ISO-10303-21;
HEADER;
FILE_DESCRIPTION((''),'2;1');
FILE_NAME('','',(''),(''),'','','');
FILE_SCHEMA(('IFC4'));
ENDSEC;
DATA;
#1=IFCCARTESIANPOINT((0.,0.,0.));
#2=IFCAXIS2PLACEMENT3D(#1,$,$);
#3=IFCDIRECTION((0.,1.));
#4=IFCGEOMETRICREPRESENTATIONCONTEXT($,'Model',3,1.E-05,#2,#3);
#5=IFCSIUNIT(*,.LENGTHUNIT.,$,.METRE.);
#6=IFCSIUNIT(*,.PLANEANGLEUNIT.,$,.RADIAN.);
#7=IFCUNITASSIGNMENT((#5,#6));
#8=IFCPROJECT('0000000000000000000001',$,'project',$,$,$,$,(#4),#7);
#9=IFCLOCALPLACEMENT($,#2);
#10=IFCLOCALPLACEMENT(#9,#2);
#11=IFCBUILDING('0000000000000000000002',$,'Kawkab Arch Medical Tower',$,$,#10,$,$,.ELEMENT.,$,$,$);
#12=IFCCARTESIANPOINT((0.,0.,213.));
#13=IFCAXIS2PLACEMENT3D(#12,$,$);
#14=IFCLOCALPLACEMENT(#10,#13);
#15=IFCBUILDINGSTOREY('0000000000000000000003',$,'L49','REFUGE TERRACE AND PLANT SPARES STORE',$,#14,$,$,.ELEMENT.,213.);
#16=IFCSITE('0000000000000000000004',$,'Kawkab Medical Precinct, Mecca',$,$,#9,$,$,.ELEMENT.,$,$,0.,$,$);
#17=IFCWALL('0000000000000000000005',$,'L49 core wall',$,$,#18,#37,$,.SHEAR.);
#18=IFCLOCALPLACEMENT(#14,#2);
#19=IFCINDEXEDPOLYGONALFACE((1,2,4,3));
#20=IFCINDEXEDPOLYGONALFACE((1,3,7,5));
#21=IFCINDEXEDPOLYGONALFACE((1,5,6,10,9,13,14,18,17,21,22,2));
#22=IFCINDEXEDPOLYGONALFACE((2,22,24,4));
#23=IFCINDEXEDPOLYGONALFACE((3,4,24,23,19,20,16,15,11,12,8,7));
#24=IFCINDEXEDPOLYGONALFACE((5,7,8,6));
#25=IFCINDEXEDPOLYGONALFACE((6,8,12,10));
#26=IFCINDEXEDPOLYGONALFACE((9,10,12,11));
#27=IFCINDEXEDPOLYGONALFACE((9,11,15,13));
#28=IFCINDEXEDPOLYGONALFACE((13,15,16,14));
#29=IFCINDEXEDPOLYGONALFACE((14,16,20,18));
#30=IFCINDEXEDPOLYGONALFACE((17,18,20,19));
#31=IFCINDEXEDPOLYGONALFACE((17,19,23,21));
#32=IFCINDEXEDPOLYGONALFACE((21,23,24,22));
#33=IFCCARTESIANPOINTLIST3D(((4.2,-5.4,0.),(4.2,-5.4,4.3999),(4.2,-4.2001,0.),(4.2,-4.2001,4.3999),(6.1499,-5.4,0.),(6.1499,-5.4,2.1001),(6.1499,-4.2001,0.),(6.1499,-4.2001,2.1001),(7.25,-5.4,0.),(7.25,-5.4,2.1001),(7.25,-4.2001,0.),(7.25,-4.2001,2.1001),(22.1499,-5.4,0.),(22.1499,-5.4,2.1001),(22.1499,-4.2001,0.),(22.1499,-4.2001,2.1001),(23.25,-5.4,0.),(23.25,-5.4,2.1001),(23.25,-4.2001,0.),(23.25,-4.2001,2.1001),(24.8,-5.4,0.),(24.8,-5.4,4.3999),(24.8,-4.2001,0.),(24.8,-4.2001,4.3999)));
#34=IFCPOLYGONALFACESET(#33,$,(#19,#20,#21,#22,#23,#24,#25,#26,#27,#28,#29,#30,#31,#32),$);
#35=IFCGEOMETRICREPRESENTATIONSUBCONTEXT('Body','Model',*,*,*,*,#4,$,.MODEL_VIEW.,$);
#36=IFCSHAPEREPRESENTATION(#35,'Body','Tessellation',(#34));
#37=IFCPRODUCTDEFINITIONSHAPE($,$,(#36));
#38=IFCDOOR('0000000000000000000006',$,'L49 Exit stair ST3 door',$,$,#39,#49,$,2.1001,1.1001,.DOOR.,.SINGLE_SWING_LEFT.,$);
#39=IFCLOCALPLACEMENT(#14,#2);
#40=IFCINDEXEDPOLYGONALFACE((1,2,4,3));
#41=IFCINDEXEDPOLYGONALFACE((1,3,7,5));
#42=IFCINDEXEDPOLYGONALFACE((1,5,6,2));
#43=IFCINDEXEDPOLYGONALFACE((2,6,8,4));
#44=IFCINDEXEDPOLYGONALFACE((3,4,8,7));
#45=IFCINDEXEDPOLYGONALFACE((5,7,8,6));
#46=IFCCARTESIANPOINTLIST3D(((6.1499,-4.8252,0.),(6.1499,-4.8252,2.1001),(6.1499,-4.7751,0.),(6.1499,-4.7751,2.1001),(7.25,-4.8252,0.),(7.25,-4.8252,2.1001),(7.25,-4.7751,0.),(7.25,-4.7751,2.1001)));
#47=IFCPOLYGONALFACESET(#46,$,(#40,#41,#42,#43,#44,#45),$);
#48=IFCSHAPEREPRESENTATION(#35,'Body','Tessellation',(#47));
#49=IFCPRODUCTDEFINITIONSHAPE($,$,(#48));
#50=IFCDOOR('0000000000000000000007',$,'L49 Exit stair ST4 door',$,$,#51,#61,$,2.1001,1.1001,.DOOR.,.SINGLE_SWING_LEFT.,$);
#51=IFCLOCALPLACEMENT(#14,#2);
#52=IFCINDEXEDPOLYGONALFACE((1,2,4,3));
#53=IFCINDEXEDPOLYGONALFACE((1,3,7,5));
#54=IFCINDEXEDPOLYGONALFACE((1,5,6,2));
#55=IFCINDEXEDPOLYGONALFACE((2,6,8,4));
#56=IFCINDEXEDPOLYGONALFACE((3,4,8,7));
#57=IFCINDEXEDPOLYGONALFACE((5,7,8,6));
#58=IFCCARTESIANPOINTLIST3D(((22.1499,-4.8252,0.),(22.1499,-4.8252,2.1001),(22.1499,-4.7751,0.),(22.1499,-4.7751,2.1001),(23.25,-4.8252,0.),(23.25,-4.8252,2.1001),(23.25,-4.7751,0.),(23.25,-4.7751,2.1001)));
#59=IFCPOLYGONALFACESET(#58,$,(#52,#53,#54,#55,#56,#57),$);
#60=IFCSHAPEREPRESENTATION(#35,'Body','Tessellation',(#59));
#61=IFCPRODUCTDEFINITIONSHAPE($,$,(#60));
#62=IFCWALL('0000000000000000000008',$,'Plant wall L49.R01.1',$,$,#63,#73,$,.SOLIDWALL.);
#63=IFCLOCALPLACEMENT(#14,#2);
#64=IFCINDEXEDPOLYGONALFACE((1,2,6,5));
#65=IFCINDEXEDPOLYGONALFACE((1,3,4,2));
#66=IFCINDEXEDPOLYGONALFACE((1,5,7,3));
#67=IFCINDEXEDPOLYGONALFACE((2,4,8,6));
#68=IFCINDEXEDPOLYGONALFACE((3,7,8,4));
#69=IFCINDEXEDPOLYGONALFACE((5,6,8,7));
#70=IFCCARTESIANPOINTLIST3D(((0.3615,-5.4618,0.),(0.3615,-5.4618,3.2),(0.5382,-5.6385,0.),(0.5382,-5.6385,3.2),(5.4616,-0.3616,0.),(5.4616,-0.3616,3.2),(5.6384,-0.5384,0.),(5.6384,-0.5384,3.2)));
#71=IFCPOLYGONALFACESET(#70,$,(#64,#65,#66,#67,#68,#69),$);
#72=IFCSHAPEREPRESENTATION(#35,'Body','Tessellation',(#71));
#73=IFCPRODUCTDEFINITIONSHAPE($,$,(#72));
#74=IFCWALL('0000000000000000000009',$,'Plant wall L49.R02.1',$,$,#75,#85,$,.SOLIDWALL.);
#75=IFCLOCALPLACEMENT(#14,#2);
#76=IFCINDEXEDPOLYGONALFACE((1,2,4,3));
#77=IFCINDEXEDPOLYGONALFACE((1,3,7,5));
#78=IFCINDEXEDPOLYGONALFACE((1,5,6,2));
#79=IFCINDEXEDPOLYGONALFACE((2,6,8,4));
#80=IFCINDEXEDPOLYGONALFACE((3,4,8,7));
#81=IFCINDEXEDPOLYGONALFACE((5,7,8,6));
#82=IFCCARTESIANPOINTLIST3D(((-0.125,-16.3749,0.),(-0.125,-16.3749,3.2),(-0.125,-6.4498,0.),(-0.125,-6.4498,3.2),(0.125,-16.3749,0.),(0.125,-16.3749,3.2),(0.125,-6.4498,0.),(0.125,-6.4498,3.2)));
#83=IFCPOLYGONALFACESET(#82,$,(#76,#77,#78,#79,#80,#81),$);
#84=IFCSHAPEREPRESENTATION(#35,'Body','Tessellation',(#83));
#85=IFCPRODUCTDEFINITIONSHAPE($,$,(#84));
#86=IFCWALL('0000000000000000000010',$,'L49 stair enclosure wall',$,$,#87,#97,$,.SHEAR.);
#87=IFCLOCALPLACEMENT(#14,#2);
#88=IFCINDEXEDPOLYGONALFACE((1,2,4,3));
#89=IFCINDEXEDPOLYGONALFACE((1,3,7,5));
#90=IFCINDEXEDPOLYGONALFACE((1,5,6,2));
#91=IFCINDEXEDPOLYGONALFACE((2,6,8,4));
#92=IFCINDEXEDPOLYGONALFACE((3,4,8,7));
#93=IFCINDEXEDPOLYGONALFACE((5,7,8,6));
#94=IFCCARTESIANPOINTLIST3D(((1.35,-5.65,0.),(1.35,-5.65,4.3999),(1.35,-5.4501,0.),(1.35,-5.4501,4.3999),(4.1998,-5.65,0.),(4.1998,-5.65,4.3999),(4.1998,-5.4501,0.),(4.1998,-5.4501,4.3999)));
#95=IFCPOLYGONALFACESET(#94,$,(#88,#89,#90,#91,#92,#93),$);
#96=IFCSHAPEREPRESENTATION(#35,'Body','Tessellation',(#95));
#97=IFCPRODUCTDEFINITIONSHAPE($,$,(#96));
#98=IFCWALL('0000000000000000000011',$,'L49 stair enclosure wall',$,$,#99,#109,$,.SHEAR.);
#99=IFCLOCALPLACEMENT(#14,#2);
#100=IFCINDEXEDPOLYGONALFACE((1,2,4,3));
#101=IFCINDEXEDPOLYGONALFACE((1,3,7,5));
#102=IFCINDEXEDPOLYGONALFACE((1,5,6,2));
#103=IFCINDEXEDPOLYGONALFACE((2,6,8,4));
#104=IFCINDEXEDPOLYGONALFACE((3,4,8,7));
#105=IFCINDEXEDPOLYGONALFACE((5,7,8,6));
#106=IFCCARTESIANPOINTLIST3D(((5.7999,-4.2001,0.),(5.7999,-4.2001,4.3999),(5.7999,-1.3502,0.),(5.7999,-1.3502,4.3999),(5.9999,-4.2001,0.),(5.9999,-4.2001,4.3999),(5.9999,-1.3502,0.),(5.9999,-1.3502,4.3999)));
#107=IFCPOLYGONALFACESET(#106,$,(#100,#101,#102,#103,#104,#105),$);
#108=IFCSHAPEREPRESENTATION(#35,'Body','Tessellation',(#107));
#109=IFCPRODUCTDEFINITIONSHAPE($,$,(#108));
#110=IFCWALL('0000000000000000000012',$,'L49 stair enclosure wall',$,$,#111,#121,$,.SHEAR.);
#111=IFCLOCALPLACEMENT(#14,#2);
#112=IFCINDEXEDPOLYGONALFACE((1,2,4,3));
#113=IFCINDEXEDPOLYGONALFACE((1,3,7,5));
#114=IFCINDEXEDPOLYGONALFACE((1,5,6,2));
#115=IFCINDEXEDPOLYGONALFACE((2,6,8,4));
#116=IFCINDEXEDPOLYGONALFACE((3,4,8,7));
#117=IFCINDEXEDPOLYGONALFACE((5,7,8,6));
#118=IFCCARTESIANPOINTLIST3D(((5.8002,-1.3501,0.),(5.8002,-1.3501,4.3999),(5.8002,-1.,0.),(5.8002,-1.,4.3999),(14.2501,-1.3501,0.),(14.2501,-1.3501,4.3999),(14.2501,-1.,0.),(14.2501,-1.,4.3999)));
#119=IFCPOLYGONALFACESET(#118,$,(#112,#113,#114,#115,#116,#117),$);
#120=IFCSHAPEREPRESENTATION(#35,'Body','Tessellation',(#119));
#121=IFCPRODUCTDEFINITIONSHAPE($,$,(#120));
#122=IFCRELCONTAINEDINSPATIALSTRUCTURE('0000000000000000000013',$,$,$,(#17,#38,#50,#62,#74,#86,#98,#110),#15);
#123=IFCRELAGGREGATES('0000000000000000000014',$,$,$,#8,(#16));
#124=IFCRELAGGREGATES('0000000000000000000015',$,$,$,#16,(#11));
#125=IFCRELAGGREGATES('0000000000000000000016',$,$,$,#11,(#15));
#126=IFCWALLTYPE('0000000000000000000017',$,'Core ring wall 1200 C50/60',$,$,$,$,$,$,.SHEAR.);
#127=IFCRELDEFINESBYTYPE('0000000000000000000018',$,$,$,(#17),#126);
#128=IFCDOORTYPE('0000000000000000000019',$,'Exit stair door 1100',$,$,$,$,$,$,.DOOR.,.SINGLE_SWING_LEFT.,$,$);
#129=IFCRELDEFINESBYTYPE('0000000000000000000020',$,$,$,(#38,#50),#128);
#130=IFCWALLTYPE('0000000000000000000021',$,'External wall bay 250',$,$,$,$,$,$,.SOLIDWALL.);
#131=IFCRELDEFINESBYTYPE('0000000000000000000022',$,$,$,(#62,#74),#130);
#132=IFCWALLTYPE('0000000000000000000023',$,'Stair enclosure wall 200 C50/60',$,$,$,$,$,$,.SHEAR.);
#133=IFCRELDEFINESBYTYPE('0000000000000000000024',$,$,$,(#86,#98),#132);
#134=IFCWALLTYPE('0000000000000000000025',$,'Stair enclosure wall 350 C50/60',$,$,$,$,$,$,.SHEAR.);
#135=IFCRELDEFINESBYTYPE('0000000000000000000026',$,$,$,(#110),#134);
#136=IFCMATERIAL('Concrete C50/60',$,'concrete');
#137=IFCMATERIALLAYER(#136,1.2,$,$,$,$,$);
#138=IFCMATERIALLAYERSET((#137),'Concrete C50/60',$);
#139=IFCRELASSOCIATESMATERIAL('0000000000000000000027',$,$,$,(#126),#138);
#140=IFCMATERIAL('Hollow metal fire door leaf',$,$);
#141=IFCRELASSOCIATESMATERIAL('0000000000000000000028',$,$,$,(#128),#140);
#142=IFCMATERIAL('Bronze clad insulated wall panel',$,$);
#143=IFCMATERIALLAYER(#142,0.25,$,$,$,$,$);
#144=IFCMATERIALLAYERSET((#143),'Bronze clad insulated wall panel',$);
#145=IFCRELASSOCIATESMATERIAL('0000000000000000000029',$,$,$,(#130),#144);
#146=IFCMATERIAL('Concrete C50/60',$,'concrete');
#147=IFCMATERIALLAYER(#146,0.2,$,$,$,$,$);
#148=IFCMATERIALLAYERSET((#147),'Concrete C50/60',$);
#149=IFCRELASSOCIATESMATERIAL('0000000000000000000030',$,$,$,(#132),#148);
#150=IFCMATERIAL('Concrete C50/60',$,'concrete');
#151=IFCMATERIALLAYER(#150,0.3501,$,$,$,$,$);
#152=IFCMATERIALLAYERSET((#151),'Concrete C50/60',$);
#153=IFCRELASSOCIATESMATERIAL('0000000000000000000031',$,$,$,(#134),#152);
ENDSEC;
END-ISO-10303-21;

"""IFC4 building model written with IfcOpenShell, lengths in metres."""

from ifc_helpers import new_model, si_unit, direction, frame, frame_2d, origin, place, context, subcontext, project, spatial, rectangle, extrude, material, layer, layer_set, type_object, element, fill, save


model = new_model("IFC4")

# Units and contexts
model_context = context("Model", 3, precision=1e-05, world=origin(), true_north=direction((0.0, 1.0)))
body_context = subcontext(model_context, "Body", "Model", "MODEL_VIEW")
ifc_project = project(units=[si_unit("LENGTHUNIT", "METRE"), si_unit("PLANEANGLEUNIT", "RADIAN")], contexts=[model_context])

# Site, building, storey
site_placement = place(None, origin())
site = spatial("IfcSite", under=ifc_project, at=site_placement, Name="Kawkab Medical Precinct, Mecca", CompositionType="ELEMENT", RefElevation=0.0)
building_placement = place(site_placement, origin())
building = spatial("IfcBuilding", under=site, at=building_placement, Name="Kawkab Arch Medical Tower", CompositionType="ELEMENT")
storey_placement = place(building_placement, frame((0.0, 0.0, 213.0)))
storey = spatial("IfcBuildingStorey", under=building, at=storey_placement, Name="L49", Description="REFUGE TERRACE AND PLANT SPARES STORE", CompositionType="ELEMENT", Elevation=213.0)

# Wall, openings, doors
ifc_material_1 = material(Name="Concrete C50/60", Category="concrete")
ifc_layer_1 = layer(ifc_material_1, 1.2)
ifc_layer_set_1 = layer_set([ifc_layer_1], Name="Concrete C50/60")
wall_type_1 = type_object("IfcWallType", Name="Core ring wall 1200 C50/60", PredefinedType="SHEAR", material=ifc_layer_set_1)
wall_1_placement = place(storey_placement, frame((4.2, -4.8, 0.0), z_axis=(0.0, 0.0, 1.0), x_axis=(1.0, 0.0, 0.0)))
wall_1 = element("IfcWall", 1, at=wall_1_placement, inside=storey, type_object=wall_type_1, Name="L49 core wall", PredefinedType="SHEAR", context=body_context, shape_type="SweptSolid", body=[
    extrude(rectangle(XDim=20.6001, YDim=1.2, at=frame_2d((10.3, 0.0))), origin(), (0.0, 0.0, 1.0), 4.3999),
])
opening_1_placement = place(wall_1_placement, frame((1.95, 0.0, 0.0)))
opening_1 = element("IfcOpeningElement", 2, at=opening_1_placement, cuts=wall_1, PredefinedType="OPENING", context=body_context, shape_type="SweptSolid", body=[
    extrude(rectangle(XDim=1.1001, YDim=2.1001, at=frame_2d((0.55, 1.05))), frame((0.0, 0.6099, 0.0), z_axis=(0.0, -1.0, 0.0), x_axis=(1.0, 0.0, 0.0)), (0.0, 0.0, 1.0), 1.22),
])
opening_2_placement = place(wall_1_placement, frame((17.95, 0.0, 0.0)))
opening_2 = element("IfcOpeningElement", 3, at=opening_2_placement, cuts=wall_1, PredefinedType="OPENING", context=body_context, shape_type="SweptSolid", body=[
    extrude(rectangle(XDim=1.1001, YDim=2.1001, at=frame_2d((0.55, 1.05))), frame((0.0, 0.6099, 0.0), z_axis=(0.0, -1.0, 0.0), x_axis=(1.0, 0.0, 0.0)), (0.0, 0.0, 1.0), 1.22),
])
ifc_material_2 = material(Name="Hollow metal fire door leaf")
door_type = type_object("IfcDoorType", Name="Exit stair door 1100", OperationType="SINGLE_SWING_LEFT", PredefinedType="DOOR", material=ifc_material_2)
door_1_placement = place(opening_1_placement, origin())
door_1 = element("IfcDoor", 4, at=door_1_placement, inside=storey, type_object=door_type, Name="L49 Exit stair ST3 door", OperationType="SINGLE_SWING_LEFT", OverallHeight=2.1001, OverallWidth=1.1001, PredefinedType="DOOR", context=body_context, shape_type="SweptSolid", body=[
    extrude(rectangle(XDim=1.1001, YDim=2.1001, at=frame_2d((0.55, 1.05))), frame((0.0, 0.0249, 0.0), z_axis=(0.0, -1.0, 0.0), x_axis=(1.0, 0.0, 0.0)), (0.0, 0.0, 1.0), 0.05),
])
fill(opening_1, door_1)
door_2_placement = place(opening_2_placement, origin())
door_2 = element("IfcDoor", 5, at=door_2_placement, inside=storey, type_object=door_type, Name="L49 Exit stair ST4 door", OperationType="SINGLE_SWING_LEFT", OverallHeight=2.1001, OverallWidth=1.1001, PredefinedType="DOOR", context=body_context, shape_type="SweptSolid", body=[
    extrude(rectangle(XDim=1.1001, YDim=2.1001, at=frame_2d((0.55, 1.05))), frame((0.0, 0.0249, 0.0), z_axis=(0.0, -1.0, 0.0), x_axis=(1.0, 0.0, 0.0)), (0.0, 0.0, 1.0), 0.05),
])
fill(opening_2, door_2)

# Walls
ifc_material_3 = material(Name="Bronze clad insulated wall panel")
ifc_layer_2 = layer(ifc_material_3, 0.25)
ifc_layer_set_2 = layer_set([ifc_layer_2], Name="Bronze clad insulated wall panel")
wall_type_2 = type_object("IfcWallType", Name="External wall bay 250", PredefinedType="SOLIDWALL", material=ifc_layer_set_2)
wall_2_placement = place(storey_placement, frame((5.55, -0.45, 0.0), z_axis=(0.0, 0.0, 1.0), x_axis=(-0.707107, -0.707107, 0.0)))
element("IfcWall", 6, at=wall_2_placement, inside=storey, type_object=wall_type_2, Name="Plant wall L49.R01.1", PredefinedType="SOLIDWALL", context=body_context, shape_type="SweptSolid", body=[
    extrude(rectangle(XDim=7.2126, YDim=0.25, at=frame_2d((3.6064, 0.0))), origin(), (0.0, 0.0, 1.0), 3.2),
])
wall_3_placement = place(storey_placement, frame((0.0, -6.45, 0.0), z_axis=(0.0, 0.0, 1.0), x_axis=(0.0, -1.0, 0.0)))
element("IfcWall", 7, at=wall_3_placement, inside=storey, type_object=wall_type_2, Name="Plant wall L49.R02.1", PredefinedType="SOLIDWALL", context=body_context, shape_type="SweptSolid", body=[
    extrude(rectangle(XDim=9.925, YDim=0.25, at=frame_2d((4.9624, 0.0))), origin(), (0.0, 0.0, 1.0), 3.2),
])
ifc_material_4 = material(Name="Concrete C50/60", Category="concrete")
ifc_layer_3 = layer(ifc_material_4, 0.2)
ifc_layer_set_3 = layer_set([ifc_layer_3], Name="Concrete C50/60")
wall_type_3 = type_object("IfcWallType", Name="Stair enclosure wall 200 C50/60", PredefinedType="SHEAR", material=ifc_layer_set_3)
for number, where, z_axis, x_axis, name in (
    (8, (1.3501, -5.55, 0.0), (0.0, 0.0, 1.0), (1.0, 0.0, 0.0), "L49 stair enclosure wall"),
    (9, (5.8999, -4.2, 0.0), (0.0, 0.0, 1.0), (0.0, 1.0, 0.0), "L49 stair enclosure wall"),
):
    element("IfcWall", number, at=place(storey_placement, frame(where, z_axis=z_axis, x_axis=x_axis)), inside=storey, type_object=wall_type_3, Name=name, PredefinedType="SHEAR", context=body_context, shape_type="SweptSolid", body=[
        extrude(rectangle(XDim=2.8499, YDim=0.2, at=frame_2d((1.4248, 0.0))), origin(), (0.0, 0.0, 1.0), 4.3999),
    ])
ifc_material_5 = material(Name="Concrete C50/60", Category="concrete")
ifc_layer_4 = layer(ifc_material_5, 0.3501)
ifc_layer_set_4 = layer_set([ifc_layer_4], Name="Concrete C50/60")
wall_type_4 = type_object("IfcWallType", Name="Stair enclosure wall 350 C50/60", PredefinedType="SHEAR", material=ifc_layer_set_4)
wall_4_placement = place(storey_placement, frame((5.8, -1.175, 0.0), z_axis=(0.0, 0.0, 1.0), x_axis=(1.0, 0.0, 0.0)))
element("IfcWall", 10, at=wall_4_placement, inside=storey, type_object=wall_type_4, Name="L49 stair enclosure wall", PredefinedType="SHEAR", context=body_context, shape_type="SweptSolid", body=[
    extrude(rectangle(XDim=8.45, YDim=0.3501, at=frame_2d((4.2251, 0.0))), origin(), (0.0, 0.0, 1.0), 4.3999),
])

save(model, "model.ifc")
